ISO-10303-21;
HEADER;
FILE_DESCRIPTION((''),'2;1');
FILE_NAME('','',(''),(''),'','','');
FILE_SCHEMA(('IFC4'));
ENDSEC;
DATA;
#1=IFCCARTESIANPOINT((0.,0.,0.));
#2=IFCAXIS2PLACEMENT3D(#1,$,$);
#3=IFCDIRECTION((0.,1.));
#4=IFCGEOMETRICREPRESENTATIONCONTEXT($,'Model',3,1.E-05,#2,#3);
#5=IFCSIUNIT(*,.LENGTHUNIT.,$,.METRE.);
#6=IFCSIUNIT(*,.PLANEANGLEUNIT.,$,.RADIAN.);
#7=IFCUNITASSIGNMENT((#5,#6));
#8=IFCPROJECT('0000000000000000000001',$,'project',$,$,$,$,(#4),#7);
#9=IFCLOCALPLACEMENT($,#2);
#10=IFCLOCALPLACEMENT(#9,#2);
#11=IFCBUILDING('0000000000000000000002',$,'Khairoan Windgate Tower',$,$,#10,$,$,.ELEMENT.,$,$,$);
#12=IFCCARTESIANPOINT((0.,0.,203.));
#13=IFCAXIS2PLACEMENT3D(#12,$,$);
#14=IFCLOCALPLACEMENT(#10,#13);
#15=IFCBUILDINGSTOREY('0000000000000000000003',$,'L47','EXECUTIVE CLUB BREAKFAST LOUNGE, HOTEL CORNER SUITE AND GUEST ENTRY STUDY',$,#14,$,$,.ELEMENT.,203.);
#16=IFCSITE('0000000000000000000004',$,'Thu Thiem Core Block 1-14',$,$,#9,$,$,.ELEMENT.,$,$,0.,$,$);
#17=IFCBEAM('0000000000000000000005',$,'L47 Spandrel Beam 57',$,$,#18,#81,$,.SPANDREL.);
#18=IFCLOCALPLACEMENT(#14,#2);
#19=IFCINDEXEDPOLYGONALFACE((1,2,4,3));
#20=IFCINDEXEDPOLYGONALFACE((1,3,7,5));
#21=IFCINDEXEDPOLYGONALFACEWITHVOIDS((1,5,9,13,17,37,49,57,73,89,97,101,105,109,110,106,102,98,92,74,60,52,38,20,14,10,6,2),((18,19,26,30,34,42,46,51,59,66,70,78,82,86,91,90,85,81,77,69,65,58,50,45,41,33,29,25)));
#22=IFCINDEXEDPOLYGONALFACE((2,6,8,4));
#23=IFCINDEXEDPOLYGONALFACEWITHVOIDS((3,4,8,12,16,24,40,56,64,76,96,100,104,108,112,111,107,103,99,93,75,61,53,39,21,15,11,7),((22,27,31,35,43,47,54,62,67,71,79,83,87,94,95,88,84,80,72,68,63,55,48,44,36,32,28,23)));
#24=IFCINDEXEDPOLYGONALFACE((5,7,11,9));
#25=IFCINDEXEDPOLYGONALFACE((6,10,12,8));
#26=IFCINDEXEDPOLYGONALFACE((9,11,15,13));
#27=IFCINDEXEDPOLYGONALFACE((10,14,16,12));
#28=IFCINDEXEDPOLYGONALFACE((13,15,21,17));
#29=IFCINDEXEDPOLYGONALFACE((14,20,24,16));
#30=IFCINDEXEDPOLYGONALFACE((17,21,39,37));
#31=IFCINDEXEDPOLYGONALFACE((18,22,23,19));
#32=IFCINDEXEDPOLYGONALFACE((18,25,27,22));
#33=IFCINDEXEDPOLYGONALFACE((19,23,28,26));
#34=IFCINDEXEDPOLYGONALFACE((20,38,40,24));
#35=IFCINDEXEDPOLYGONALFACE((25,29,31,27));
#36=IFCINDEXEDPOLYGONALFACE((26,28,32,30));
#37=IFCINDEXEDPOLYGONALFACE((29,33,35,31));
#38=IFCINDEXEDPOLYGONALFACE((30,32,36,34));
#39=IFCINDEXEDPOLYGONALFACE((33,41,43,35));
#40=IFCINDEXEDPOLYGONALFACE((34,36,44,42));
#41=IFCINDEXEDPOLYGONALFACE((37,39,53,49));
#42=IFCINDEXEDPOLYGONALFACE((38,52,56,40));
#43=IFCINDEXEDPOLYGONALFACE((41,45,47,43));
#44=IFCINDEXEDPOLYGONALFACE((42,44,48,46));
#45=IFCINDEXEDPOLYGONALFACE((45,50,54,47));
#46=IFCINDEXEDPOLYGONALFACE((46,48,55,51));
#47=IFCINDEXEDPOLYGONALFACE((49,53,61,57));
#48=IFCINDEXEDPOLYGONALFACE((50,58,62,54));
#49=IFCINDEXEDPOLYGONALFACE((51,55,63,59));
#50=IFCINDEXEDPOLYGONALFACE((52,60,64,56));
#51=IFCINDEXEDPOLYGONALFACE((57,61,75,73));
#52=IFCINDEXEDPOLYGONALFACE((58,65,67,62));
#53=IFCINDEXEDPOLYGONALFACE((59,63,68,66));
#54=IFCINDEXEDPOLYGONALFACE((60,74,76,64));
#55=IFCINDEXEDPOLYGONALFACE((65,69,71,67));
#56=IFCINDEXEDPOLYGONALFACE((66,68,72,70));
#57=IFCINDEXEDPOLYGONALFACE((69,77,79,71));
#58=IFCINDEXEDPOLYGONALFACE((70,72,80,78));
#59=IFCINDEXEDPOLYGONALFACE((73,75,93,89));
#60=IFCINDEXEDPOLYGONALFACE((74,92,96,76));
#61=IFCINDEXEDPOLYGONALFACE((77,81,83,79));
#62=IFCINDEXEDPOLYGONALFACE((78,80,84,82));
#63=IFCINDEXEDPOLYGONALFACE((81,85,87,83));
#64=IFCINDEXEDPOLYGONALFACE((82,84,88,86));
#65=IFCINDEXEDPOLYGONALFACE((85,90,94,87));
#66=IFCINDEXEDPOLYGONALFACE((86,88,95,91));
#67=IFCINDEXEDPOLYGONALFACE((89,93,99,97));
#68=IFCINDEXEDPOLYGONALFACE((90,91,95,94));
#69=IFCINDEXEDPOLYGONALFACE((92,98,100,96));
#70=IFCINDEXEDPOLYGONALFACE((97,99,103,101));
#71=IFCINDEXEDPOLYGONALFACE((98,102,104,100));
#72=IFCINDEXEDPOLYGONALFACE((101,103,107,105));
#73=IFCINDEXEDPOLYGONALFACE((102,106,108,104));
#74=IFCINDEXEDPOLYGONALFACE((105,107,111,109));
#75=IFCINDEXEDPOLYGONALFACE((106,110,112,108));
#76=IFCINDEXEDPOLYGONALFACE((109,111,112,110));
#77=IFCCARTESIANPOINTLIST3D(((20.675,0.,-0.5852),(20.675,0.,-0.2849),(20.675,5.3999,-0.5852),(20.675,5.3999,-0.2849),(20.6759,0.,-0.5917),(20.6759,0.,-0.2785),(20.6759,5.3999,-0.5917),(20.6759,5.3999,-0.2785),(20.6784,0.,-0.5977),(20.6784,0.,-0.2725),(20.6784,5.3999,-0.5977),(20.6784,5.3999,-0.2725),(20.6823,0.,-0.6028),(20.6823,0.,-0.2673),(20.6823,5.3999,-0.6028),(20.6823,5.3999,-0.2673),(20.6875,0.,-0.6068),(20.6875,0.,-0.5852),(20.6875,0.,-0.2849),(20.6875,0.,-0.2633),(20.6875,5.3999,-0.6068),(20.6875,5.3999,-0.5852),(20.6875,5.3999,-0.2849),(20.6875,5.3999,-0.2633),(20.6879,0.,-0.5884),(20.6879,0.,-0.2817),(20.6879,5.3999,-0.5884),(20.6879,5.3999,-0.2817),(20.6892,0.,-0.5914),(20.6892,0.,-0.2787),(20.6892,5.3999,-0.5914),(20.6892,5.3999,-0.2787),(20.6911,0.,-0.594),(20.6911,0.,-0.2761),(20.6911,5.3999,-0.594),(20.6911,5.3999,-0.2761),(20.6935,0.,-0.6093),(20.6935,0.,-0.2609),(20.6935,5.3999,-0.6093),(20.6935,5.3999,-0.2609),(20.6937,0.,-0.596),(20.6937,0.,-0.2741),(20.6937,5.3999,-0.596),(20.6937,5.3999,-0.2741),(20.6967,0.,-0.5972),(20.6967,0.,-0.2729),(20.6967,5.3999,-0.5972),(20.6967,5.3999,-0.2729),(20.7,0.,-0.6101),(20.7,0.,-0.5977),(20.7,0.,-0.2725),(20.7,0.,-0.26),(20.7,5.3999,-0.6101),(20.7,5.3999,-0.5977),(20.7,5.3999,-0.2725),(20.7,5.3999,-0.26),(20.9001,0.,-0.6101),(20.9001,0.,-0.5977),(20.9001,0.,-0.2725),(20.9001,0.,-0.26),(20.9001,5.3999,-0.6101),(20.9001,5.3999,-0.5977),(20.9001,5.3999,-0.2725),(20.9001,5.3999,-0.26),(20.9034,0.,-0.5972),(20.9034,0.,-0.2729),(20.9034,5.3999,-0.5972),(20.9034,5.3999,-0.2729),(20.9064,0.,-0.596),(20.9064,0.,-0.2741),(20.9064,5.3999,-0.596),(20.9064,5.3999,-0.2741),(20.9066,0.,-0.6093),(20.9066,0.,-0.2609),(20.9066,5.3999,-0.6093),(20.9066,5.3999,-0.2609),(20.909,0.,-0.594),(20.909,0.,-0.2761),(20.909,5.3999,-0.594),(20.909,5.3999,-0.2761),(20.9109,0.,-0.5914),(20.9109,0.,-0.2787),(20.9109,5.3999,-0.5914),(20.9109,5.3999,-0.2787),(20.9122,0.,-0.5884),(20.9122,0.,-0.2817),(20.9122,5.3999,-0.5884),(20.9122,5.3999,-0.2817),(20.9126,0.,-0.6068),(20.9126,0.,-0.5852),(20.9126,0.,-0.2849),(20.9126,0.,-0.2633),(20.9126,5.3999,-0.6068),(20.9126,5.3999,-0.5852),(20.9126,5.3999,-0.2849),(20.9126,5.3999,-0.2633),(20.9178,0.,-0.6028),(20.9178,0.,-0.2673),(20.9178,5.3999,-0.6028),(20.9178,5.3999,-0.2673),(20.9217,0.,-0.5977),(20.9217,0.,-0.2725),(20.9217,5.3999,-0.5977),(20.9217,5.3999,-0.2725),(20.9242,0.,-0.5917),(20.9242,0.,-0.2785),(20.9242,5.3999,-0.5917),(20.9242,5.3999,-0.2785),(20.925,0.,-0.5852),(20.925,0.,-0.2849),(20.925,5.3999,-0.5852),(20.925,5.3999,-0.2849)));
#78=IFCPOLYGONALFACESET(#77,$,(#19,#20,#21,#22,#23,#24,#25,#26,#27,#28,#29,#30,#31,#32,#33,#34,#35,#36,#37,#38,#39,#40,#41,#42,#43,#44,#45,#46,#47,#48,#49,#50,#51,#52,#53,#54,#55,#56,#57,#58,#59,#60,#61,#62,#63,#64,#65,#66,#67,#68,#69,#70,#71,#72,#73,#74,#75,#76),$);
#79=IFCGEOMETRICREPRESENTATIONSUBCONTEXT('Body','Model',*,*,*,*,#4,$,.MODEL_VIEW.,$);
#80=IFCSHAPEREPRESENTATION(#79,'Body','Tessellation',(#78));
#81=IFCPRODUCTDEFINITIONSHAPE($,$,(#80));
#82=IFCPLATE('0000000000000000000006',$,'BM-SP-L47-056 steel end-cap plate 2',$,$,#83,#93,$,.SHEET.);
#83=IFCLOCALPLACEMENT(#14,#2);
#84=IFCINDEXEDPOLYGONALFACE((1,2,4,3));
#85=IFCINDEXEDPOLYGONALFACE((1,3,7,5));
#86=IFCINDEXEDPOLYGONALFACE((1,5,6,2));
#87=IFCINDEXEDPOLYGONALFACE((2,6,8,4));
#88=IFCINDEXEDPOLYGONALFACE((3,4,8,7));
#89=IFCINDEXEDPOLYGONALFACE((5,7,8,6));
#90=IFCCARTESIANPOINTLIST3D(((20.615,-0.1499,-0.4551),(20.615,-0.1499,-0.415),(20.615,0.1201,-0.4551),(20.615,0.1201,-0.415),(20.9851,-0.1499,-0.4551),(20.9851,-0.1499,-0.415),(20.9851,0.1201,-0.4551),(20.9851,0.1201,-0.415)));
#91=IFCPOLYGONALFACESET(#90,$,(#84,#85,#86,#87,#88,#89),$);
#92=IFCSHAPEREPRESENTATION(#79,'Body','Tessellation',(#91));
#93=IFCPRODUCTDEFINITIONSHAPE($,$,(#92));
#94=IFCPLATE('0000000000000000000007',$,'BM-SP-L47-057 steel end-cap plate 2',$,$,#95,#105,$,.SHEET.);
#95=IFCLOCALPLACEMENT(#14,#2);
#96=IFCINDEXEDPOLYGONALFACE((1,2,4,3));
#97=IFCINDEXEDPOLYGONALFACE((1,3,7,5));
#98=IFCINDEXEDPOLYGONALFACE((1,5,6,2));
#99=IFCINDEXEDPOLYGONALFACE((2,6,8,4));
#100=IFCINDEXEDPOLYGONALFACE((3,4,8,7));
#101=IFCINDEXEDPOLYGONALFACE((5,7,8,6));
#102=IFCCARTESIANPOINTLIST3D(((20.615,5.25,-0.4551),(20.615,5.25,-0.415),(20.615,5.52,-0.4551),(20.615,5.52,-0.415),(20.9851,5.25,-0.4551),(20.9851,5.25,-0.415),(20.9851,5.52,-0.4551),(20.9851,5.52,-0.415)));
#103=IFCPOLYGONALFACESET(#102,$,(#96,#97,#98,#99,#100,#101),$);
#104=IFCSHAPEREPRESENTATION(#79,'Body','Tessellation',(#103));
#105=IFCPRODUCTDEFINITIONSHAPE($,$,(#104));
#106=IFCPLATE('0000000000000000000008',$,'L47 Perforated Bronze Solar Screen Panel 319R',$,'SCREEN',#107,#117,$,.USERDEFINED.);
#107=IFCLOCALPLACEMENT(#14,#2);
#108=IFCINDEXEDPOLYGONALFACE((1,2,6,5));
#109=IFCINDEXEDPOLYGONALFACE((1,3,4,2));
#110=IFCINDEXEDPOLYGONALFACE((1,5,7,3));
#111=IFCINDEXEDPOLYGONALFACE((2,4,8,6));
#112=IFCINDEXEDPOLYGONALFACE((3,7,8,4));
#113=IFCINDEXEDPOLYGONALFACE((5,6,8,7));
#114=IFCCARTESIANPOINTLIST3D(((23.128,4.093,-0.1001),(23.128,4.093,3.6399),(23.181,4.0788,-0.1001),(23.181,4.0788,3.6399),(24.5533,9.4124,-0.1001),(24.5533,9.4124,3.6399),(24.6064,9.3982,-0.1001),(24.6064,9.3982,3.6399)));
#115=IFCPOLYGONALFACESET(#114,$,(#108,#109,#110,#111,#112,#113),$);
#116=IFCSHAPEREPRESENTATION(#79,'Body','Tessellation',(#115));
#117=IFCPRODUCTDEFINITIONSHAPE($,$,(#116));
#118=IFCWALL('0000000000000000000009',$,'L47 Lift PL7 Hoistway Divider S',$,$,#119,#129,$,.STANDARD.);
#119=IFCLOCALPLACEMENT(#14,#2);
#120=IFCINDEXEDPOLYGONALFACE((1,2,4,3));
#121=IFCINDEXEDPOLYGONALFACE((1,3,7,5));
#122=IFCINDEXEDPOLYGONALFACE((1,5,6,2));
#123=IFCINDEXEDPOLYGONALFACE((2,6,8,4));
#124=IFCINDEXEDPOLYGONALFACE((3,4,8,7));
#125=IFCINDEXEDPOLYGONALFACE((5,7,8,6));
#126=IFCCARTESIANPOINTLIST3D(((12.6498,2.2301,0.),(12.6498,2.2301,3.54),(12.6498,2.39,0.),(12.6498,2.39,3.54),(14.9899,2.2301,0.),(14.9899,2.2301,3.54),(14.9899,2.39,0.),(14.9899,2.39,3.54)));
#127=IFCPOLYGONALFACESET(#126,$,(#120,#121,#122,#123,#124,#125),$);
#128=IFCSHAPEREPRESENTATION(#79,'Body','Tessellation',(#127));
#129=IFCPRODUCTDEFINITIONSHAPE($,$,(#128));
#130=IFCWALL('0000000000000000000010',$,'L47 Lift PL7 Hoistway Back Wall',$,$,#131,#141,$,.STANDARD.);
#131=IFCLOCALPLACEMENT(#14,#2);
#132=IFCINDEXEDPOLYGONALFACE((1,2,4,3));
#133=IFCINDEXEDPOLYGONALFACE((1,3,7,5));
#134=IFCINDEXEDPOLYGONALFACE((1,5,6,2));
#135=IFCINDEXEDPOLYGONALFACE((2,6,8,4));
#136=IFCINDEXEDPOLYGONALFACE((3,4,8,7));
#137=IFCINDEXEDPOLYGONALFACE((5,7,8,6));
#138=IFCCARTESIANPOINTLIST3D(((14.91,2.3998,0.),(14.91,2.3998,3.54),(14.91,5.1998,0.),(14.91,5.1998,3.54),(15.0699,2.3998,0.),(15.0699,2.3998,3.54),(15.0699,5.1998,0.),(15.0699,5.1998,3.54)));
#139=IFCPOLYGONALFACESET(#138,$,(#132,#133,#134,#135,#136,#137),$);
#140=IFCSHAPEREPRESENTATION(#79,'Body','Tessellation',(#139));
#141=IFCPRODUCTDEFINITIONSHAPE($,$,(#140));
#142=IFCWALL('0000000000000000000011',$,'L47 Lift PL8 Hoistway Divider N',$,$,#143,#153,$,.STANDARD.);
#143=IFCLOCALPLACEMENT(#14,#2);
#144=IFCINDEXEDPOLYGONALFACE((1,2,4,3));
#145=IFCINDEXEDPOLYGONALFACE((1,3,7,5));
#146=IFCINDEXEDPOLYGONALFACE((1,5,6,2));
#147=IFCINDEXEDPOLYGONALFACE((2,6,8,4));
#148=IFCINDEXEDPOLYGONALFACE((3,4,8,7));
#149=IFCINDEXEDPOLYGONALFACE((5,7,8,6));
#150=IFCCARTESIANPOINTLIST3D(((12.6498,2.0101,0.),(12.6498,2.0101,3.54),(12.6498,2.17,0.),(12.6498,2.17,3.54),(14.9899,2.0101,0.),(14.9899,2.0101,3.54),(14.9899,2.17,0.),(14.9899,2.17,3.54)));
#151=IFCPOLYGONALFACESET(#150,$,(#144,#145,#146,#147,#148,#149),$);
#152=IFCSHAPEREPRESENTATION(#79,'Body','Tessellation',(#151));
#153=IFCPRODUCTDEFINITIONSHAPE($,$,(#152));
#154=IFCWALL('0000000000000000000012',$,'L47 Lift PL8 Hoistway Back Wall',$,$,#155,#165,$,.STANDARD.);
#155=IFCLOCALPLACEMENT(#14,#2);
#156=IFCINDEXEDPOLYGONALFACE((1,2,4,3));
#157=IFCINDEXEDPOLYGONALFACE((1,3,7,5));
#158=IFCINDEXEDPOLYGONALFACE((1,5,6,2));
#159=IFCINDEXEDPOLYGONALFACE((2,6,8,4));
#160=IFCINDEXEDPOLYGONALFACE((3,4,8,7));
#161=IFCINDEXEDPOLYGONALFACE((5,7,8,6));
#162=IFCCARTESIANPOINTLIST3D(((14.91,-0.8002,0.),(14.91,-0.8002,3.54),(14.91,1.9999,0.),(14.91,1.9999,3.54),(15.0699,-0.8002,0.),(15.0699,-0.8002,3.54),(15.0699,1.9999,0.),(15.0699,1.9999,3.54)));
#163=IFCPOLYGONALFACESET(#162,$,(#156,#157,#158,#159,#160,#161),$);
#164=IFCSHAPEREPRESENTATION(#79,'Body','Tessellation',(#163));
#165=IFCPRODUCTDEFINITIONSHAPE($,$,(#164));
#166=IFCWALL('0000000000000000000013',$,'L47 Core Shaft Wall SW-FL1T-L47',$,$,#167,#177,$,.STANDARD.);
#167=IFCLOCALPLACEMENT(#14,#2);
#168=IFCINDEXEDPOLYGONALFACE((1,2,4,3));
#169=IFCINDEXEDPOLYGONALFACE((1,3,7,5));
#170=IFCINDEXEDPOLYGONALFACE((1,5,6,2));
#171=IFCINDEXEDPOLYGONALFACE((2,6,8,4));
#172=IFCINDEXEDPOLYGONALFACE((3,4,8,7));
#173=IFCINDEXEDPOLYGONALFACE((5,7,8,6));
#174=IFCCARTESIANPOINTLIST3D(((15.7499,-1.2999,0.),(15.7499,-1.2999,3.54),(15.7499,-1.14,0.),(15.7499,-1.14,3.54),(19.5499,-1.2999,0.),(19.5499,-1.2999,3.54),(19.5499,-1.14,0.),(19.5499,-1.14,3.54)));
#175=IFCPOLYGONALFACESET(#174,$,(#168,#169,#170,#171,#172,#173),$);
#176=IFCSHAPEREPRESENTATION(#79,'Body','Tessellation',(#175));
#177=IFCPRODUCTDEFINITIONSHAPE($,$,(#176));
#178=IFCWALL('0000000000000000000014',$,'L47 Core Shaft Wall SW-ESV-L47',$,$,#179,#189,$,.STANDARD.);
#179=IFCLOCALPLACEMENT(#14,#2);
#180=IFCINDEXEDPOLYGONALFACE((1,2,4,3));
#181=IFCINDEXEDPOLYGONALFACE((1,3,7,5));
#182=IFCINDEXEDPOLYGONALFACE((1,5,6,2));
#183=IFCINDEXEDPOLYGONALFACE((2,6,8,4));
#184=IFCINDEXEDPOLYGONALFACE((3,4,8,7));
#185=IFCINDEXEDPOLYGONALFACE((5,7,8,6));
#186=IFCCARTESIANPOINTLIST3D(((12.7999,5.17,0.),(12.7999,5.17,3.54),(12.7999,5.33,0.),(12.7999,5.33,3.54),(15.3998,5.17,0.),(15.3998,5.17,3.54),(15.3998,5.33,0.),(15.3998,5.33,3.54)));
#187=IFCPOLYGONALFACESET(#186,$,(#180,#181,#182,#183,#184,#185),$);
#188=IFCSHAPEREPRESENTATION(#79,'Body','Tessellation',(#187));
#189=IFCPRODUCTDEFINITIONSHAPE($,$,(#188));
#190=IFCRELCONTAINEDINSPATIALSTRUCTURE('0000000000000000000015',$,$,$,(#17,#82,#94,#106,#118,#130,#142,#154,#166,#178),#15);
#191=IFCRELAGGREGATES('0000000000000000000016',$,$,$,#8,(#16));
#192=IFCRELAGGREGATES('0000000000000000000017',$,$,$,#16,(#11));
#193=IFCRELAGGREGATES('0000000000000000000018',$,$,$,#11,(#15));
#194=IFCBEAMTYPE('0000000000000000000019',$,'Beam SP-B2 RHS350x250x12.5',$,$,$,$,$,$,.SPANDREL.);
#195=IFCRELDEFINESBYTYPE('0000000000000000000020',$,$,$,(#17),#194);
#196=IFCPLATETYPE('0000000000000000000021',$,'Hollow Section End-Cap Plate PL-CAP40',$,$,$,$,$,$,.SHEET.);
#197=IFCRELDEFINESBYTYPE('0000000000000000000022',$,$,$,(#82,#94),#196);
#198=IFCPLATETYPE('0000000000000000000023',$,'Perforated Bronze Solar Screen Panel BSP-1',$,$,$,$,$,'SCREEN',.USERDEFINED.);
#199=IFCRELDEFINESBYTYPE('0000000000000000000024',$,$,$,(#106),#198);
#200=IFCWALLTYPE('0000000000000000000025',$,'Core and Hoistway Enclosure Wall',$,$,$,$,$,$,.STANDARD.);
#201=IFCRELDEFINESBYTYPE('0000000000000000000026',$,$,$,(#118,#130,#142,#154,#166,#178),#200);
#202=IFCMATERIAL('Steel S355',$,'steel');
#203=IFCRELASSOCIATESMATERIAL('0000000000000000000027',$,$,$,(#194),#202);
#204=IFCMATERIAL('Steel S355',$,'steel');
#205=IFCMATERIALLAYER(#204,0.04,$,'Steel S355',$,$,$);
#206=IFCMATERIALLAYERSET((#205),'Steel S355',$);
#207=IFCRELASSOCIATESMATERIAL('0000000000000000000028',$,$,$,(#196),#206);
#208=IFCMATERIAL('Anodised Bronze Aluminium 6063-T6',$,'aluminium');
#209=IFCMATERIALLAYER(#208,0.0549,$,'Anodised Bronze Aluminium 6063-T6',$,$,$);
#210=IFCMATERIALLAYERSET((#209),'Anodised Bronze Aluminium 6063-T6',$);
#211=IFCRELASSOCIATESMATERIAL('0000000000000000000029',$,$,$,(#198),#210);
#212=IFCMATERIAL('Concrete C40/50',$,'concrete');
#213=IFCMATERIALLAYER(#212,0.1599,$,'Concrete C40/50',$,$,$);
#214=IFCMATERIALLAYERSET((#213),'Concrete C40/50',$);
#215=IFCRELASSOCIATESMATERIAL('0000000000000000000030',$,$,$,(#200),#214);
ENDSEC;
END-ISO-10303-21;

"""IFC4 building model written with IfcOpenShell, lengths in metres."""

from ifc_helpers import new_model, si_unit, direction, frame, frame_2d, origin, origin_2d, place, context, subcontext, project, spatial, rectangle, hollow_rectangle, extrude, material, layer, layer_set, material_profile, profile_set, type_object, element, save


model = new_model("IFC4")

# Units and contexts
model_context = context("Model", 3, precision=1e-05, world=origin(), true_north=direction((0.0, 1.0)))
body_context = subcontext(model_context, "Body", "Model", "MODEL_VIEW")
ifc_project = project(units=[si_unit("LENGTHUNIT", "METRE"), si_unit("PLANEANGLEUNIT", "RADIAN")], contexts=[model_context])

# Site, building, storey
site_placement = place(None, origin())
site = spatial("IfcSite", under=ifc_project, at=site_placement, Name="Thu Thiem Core Block 1-14", CompositionType="ELEMENT", RefElevation=0.0)
building_placement = place(site_placement, origin())
building = spatial("IfcBuilding", under=site, at=building_placement, Name="Khairoan Windgate Tower", CompositionType="ELEMENT")
storey_placement = place(building_placement, frame((0.0, 0.0, 203.0)))
storey = spatial("IfcBuildingStorey", under=building, at=storey_placement, Name="L47", Description="EXECUTIVE CLUB BREAKFAST LOUNGE, HOTEL CORNER SUITE AND GUEST ENTRY STUDY", CompositionType="ELEMENT", Elevation=203.0)

# Beam
ifc_material_1 = material(Name="Steel S355", Category="steel")
ifc_material_profile_1 = material_profile(ifc_material_1, hollow_rectangle(XDim=0.25, YDim=0.3501, WallThickness=0.0125, InnerFilletRadius=0.0125, OuterFilletRadius=0.0249, at=origin_2d()))
ifc_profile_set_1 = profile_set([ifc_material_profile_1], Name="Steel S355")
beam_type_1 = type_object("IfcBeamType", Name="Beam SP-B2 RHS350x250x12.5", PredefinedType="SPANDREL", material=ifc_profile_set_1)
beam_1_placement = place(storey_placement, frame((20.8, 0.0, -0.4351), z_axis=(0.0, 1.0, 0.0), x_axis=(-1.0, 0.0, 0.0)))
element("IfcBeam", 1, at=beam_1_placement, inside=storey, type_object=beam_type_1, Name="L47 Spandrel Beam 57", PredefinedType="SPANDREL", context=body_context, shape_type="SweptSolid", body=[
    extrude(hollow_rectangle(XDim=0.25, YDim=0.3501, WallThickness=0.0125, InnerFilletRadius=0.0125, OuterFilletRadius=0.0249, at=origin_2d()), origin(), (0.0, 0.0, 1.0), 5.3999),
])

# Plates
ifc_material_2 = material(Name="Steel S355", Category="steel")
ifc_layer_1 = layer(ifc_material_2, 0.04, Name="Steel S355")
ifc_layer_set_1 = layer_set([ifc_layer_1], Name="Steel S355")
plate_type_1 = type_object("IfcPlateType", Name="Hollow Section End-Cap Plate PL-CAP40", PredefinedType="SHEET", material=ifc_layer_set_1)
for number, where, z_axis, x_axis, name in (
    (2, (20.8, -0.0149, -0.4551), (0.0, 0.0, 1.0), (0.0, 1.0, 0.0), "BM-SP-L47-056 steel end-cap plate 2"),
    (3, (20.8, 5.385, -0.4551), (0.0, 0.0, 1.0), (0.0, 1.0, 0.0), "BM-SP-L47-057 steel end-cap plate 2"),
):
    element("IfcPlate", number, at=place(storey_placement, frame(where, z_axis=z_axis, x_axis=x_axis)), inside=storey, type_object=plate_type_1, Name=name, PredefinedType="SHEET", context=body_context, shape_type="SweptSolid", body=[
        extrude(rectangle(XDim=0.27, YDim=0.3701, at=origin_2d()), origin(), (0.0, 0.0, 1.0), 0.04),
    ])
ifc_material_3 = material(Name="Anodised Bronze Aluminium 6063-T6", Category="aluminium")
ifc_layer_2 = layer(ifc_material_3, 0.0549, Name="Anodised Bronze Aluminium 6063-T6")
ifc_layer_set_2 = layer_set([ifc_layer_2], Name="Anodised Bronze Aluminium 6063-T6")
plate_type_2 = type_object("IfcPlateType", Name="Perforated Bronze Solar Screen Panel BSP-1", ElementType="SCREEN", PredefinedType="USERDEFINED", material=ifc_layer_set_2)
plate_placement = place(storey_placement, frame((23.8672, 6.7456, -0.1001), z_axis=(0.0, 0.0, 1.0), x_axis=(-0.258819, -0.965926, 0.0)))
element("IfcPlate", 4, at=plate_placement, inside=storey, type_object=plate_type_2, Name="L47 Perforated Bronze Solar Screen Panel 319R", ObjectType="SCREEN", PredefinedType="USERDEFINED", context=body_context, shape_type="SweptSolid", body=[
    extrude(rectangle(XDim=5.5071, YDim=0.0549, at=origin_2d()), origin(), (0.0, 0.0, 1.0), 3.74),
])

# Walls
ifc_material_4 = material(Name="Concrete C40/50", Category="concrete")
ifc_layer_3 = layer(ifc_material_4, 0.1599, Name="Concrete C40/50")
ifc_layer_set_3 = layer_set([ifc_layer_3], Name="Concrete C40/50")
wall_type_1 = type_object("IfcWallType", Name="Core and Hoistway Enclosure Wall", PredefinedType="STANDARD", material=ifc_layer_set_3)
wall_1_placement = place(storey_placement, frame((12.6499, 2.3101, 0.0), z_axis=(0.0, 0.0, 1.0), x_axis=(1.0, 0.0, 0.0)))
element("IfcWall", 5, at=wall_1_placement, inside=storey, type_object=wall_type_1, Name="L47 Lift PL7 Hoistway Divider S", PredefinedType="STANDARD", context=body_context, shape_type="SweptSolid", body=[
    extrude(rectangle(XDim=2.3401, YDim=0.1599, at=frame_2d((1.1699, 0.0))), origin(), (0.0, 0.0, 1.0), 3.54),
])
wall_2_placement = place(storey_placement, frame((14.99, 2.3999, 0.0), z_axis=(0.0, 0.0, 1.0), x_axis=(0.0, 1.0, 0.0)))
element("IfcWall", 6, at=wall_2_placement, inside=storey, type_object=wall_type_1, Name="L47 Lift PL7 Hoistway Back Wall", PredefinedType="STANDARD", context=body_context, shape_type="SweptSolid", body=[
    extrude(rectangle(XDim=2.8, YDim=0.1599, at=frame_2d((1.3999, 0.0))), origin(), (0.0, 0.0, 1.0), 3.54),
])
wall_3_placement = place(storey_placement, frame((12.6499, 2.0901, 0.0), z_axis=(0.0, 0.0, 1.0), x_axis=(1.0, 0.0, 0.0)))
element("IfcWall", 7, at=wall_3_placement, inside=storey, type_object=wall_type_1, Name="L47 Lift PL8 Hoistway Divider N", PredefinedType="STANDARD", context=body_context, shape_type="SweptSolid", body=[
    extrude(rectangle(XDim=2.3401, YDim=0.1599, at=frame_2d((1.1699, 0.0))), origin(), (0.0, 0.0, 1.0), 3.54),
])
wall_4_placement = place(storey_placement, frame((14.99, -0.8, 0.0), z_axis=(0.0, 0.0, 1.0), x_axis=(0.0, 1.0, 0.0)))
element("IfcWall", 8, at=wall_4_placement, inside=storey, type_object=wall_type_1, Name="L47 Lift PL8 Hoistway Back Wall", PredefinedType="STANDARD", context=body_context, shape_type="SweptSolid", body=[
    extrude(rectangle(XDim=2.8, YDim=0.1599, at=frame_2d((1.3999, 0.0))), origin(), (0.0, 0.0, 1.0), 3.54),
])
wall_5_placement = place(storey_placement, frame((15.75, -1.22, 0.0), z_axis=(0.0, 0.0, 1.0), x_axis=(1.0, 0.0, 0.0)))
element("IfcWall", 9, at=wall_5_placement, inside=storey, type_object=wall_type_1, Name="L47 Core Shaft Wall SW-FL1T-L47", PredefinedType="STANDARD", context=body_context, shape_type="SweptSolid", body=[
    extrude(rectangle(XDim=3.8, YDim=0.1599, at=frame_2d((1.8999, 0.0))), origin(), (0.0, 0.0, 1.0), 3.54),
])
wall_6_placement = place(storey_placement, frame((12.8, 5.25, 0.0), z_axis=(0.0, 0.0, 1.0), x_axis=(1.0, 0.0, 0.0)))
element("IfcWall", 10, at=wall_6_placement, inside=storey, type_object=wall_type_1, Name="L47 Core Shaft Wall SW-ESV-L47", PredefinedType="STANDARD", context=body_context, shape_type="SweptSolid", body=[
    extrude(rectangle(XDim=2.5999, YDim=0.1599, at=frame_2d((1.2998, 0.0))), origin(), (0.0, 0.0, 1.0), 3.54),
])

save(model, "model.ifc")
